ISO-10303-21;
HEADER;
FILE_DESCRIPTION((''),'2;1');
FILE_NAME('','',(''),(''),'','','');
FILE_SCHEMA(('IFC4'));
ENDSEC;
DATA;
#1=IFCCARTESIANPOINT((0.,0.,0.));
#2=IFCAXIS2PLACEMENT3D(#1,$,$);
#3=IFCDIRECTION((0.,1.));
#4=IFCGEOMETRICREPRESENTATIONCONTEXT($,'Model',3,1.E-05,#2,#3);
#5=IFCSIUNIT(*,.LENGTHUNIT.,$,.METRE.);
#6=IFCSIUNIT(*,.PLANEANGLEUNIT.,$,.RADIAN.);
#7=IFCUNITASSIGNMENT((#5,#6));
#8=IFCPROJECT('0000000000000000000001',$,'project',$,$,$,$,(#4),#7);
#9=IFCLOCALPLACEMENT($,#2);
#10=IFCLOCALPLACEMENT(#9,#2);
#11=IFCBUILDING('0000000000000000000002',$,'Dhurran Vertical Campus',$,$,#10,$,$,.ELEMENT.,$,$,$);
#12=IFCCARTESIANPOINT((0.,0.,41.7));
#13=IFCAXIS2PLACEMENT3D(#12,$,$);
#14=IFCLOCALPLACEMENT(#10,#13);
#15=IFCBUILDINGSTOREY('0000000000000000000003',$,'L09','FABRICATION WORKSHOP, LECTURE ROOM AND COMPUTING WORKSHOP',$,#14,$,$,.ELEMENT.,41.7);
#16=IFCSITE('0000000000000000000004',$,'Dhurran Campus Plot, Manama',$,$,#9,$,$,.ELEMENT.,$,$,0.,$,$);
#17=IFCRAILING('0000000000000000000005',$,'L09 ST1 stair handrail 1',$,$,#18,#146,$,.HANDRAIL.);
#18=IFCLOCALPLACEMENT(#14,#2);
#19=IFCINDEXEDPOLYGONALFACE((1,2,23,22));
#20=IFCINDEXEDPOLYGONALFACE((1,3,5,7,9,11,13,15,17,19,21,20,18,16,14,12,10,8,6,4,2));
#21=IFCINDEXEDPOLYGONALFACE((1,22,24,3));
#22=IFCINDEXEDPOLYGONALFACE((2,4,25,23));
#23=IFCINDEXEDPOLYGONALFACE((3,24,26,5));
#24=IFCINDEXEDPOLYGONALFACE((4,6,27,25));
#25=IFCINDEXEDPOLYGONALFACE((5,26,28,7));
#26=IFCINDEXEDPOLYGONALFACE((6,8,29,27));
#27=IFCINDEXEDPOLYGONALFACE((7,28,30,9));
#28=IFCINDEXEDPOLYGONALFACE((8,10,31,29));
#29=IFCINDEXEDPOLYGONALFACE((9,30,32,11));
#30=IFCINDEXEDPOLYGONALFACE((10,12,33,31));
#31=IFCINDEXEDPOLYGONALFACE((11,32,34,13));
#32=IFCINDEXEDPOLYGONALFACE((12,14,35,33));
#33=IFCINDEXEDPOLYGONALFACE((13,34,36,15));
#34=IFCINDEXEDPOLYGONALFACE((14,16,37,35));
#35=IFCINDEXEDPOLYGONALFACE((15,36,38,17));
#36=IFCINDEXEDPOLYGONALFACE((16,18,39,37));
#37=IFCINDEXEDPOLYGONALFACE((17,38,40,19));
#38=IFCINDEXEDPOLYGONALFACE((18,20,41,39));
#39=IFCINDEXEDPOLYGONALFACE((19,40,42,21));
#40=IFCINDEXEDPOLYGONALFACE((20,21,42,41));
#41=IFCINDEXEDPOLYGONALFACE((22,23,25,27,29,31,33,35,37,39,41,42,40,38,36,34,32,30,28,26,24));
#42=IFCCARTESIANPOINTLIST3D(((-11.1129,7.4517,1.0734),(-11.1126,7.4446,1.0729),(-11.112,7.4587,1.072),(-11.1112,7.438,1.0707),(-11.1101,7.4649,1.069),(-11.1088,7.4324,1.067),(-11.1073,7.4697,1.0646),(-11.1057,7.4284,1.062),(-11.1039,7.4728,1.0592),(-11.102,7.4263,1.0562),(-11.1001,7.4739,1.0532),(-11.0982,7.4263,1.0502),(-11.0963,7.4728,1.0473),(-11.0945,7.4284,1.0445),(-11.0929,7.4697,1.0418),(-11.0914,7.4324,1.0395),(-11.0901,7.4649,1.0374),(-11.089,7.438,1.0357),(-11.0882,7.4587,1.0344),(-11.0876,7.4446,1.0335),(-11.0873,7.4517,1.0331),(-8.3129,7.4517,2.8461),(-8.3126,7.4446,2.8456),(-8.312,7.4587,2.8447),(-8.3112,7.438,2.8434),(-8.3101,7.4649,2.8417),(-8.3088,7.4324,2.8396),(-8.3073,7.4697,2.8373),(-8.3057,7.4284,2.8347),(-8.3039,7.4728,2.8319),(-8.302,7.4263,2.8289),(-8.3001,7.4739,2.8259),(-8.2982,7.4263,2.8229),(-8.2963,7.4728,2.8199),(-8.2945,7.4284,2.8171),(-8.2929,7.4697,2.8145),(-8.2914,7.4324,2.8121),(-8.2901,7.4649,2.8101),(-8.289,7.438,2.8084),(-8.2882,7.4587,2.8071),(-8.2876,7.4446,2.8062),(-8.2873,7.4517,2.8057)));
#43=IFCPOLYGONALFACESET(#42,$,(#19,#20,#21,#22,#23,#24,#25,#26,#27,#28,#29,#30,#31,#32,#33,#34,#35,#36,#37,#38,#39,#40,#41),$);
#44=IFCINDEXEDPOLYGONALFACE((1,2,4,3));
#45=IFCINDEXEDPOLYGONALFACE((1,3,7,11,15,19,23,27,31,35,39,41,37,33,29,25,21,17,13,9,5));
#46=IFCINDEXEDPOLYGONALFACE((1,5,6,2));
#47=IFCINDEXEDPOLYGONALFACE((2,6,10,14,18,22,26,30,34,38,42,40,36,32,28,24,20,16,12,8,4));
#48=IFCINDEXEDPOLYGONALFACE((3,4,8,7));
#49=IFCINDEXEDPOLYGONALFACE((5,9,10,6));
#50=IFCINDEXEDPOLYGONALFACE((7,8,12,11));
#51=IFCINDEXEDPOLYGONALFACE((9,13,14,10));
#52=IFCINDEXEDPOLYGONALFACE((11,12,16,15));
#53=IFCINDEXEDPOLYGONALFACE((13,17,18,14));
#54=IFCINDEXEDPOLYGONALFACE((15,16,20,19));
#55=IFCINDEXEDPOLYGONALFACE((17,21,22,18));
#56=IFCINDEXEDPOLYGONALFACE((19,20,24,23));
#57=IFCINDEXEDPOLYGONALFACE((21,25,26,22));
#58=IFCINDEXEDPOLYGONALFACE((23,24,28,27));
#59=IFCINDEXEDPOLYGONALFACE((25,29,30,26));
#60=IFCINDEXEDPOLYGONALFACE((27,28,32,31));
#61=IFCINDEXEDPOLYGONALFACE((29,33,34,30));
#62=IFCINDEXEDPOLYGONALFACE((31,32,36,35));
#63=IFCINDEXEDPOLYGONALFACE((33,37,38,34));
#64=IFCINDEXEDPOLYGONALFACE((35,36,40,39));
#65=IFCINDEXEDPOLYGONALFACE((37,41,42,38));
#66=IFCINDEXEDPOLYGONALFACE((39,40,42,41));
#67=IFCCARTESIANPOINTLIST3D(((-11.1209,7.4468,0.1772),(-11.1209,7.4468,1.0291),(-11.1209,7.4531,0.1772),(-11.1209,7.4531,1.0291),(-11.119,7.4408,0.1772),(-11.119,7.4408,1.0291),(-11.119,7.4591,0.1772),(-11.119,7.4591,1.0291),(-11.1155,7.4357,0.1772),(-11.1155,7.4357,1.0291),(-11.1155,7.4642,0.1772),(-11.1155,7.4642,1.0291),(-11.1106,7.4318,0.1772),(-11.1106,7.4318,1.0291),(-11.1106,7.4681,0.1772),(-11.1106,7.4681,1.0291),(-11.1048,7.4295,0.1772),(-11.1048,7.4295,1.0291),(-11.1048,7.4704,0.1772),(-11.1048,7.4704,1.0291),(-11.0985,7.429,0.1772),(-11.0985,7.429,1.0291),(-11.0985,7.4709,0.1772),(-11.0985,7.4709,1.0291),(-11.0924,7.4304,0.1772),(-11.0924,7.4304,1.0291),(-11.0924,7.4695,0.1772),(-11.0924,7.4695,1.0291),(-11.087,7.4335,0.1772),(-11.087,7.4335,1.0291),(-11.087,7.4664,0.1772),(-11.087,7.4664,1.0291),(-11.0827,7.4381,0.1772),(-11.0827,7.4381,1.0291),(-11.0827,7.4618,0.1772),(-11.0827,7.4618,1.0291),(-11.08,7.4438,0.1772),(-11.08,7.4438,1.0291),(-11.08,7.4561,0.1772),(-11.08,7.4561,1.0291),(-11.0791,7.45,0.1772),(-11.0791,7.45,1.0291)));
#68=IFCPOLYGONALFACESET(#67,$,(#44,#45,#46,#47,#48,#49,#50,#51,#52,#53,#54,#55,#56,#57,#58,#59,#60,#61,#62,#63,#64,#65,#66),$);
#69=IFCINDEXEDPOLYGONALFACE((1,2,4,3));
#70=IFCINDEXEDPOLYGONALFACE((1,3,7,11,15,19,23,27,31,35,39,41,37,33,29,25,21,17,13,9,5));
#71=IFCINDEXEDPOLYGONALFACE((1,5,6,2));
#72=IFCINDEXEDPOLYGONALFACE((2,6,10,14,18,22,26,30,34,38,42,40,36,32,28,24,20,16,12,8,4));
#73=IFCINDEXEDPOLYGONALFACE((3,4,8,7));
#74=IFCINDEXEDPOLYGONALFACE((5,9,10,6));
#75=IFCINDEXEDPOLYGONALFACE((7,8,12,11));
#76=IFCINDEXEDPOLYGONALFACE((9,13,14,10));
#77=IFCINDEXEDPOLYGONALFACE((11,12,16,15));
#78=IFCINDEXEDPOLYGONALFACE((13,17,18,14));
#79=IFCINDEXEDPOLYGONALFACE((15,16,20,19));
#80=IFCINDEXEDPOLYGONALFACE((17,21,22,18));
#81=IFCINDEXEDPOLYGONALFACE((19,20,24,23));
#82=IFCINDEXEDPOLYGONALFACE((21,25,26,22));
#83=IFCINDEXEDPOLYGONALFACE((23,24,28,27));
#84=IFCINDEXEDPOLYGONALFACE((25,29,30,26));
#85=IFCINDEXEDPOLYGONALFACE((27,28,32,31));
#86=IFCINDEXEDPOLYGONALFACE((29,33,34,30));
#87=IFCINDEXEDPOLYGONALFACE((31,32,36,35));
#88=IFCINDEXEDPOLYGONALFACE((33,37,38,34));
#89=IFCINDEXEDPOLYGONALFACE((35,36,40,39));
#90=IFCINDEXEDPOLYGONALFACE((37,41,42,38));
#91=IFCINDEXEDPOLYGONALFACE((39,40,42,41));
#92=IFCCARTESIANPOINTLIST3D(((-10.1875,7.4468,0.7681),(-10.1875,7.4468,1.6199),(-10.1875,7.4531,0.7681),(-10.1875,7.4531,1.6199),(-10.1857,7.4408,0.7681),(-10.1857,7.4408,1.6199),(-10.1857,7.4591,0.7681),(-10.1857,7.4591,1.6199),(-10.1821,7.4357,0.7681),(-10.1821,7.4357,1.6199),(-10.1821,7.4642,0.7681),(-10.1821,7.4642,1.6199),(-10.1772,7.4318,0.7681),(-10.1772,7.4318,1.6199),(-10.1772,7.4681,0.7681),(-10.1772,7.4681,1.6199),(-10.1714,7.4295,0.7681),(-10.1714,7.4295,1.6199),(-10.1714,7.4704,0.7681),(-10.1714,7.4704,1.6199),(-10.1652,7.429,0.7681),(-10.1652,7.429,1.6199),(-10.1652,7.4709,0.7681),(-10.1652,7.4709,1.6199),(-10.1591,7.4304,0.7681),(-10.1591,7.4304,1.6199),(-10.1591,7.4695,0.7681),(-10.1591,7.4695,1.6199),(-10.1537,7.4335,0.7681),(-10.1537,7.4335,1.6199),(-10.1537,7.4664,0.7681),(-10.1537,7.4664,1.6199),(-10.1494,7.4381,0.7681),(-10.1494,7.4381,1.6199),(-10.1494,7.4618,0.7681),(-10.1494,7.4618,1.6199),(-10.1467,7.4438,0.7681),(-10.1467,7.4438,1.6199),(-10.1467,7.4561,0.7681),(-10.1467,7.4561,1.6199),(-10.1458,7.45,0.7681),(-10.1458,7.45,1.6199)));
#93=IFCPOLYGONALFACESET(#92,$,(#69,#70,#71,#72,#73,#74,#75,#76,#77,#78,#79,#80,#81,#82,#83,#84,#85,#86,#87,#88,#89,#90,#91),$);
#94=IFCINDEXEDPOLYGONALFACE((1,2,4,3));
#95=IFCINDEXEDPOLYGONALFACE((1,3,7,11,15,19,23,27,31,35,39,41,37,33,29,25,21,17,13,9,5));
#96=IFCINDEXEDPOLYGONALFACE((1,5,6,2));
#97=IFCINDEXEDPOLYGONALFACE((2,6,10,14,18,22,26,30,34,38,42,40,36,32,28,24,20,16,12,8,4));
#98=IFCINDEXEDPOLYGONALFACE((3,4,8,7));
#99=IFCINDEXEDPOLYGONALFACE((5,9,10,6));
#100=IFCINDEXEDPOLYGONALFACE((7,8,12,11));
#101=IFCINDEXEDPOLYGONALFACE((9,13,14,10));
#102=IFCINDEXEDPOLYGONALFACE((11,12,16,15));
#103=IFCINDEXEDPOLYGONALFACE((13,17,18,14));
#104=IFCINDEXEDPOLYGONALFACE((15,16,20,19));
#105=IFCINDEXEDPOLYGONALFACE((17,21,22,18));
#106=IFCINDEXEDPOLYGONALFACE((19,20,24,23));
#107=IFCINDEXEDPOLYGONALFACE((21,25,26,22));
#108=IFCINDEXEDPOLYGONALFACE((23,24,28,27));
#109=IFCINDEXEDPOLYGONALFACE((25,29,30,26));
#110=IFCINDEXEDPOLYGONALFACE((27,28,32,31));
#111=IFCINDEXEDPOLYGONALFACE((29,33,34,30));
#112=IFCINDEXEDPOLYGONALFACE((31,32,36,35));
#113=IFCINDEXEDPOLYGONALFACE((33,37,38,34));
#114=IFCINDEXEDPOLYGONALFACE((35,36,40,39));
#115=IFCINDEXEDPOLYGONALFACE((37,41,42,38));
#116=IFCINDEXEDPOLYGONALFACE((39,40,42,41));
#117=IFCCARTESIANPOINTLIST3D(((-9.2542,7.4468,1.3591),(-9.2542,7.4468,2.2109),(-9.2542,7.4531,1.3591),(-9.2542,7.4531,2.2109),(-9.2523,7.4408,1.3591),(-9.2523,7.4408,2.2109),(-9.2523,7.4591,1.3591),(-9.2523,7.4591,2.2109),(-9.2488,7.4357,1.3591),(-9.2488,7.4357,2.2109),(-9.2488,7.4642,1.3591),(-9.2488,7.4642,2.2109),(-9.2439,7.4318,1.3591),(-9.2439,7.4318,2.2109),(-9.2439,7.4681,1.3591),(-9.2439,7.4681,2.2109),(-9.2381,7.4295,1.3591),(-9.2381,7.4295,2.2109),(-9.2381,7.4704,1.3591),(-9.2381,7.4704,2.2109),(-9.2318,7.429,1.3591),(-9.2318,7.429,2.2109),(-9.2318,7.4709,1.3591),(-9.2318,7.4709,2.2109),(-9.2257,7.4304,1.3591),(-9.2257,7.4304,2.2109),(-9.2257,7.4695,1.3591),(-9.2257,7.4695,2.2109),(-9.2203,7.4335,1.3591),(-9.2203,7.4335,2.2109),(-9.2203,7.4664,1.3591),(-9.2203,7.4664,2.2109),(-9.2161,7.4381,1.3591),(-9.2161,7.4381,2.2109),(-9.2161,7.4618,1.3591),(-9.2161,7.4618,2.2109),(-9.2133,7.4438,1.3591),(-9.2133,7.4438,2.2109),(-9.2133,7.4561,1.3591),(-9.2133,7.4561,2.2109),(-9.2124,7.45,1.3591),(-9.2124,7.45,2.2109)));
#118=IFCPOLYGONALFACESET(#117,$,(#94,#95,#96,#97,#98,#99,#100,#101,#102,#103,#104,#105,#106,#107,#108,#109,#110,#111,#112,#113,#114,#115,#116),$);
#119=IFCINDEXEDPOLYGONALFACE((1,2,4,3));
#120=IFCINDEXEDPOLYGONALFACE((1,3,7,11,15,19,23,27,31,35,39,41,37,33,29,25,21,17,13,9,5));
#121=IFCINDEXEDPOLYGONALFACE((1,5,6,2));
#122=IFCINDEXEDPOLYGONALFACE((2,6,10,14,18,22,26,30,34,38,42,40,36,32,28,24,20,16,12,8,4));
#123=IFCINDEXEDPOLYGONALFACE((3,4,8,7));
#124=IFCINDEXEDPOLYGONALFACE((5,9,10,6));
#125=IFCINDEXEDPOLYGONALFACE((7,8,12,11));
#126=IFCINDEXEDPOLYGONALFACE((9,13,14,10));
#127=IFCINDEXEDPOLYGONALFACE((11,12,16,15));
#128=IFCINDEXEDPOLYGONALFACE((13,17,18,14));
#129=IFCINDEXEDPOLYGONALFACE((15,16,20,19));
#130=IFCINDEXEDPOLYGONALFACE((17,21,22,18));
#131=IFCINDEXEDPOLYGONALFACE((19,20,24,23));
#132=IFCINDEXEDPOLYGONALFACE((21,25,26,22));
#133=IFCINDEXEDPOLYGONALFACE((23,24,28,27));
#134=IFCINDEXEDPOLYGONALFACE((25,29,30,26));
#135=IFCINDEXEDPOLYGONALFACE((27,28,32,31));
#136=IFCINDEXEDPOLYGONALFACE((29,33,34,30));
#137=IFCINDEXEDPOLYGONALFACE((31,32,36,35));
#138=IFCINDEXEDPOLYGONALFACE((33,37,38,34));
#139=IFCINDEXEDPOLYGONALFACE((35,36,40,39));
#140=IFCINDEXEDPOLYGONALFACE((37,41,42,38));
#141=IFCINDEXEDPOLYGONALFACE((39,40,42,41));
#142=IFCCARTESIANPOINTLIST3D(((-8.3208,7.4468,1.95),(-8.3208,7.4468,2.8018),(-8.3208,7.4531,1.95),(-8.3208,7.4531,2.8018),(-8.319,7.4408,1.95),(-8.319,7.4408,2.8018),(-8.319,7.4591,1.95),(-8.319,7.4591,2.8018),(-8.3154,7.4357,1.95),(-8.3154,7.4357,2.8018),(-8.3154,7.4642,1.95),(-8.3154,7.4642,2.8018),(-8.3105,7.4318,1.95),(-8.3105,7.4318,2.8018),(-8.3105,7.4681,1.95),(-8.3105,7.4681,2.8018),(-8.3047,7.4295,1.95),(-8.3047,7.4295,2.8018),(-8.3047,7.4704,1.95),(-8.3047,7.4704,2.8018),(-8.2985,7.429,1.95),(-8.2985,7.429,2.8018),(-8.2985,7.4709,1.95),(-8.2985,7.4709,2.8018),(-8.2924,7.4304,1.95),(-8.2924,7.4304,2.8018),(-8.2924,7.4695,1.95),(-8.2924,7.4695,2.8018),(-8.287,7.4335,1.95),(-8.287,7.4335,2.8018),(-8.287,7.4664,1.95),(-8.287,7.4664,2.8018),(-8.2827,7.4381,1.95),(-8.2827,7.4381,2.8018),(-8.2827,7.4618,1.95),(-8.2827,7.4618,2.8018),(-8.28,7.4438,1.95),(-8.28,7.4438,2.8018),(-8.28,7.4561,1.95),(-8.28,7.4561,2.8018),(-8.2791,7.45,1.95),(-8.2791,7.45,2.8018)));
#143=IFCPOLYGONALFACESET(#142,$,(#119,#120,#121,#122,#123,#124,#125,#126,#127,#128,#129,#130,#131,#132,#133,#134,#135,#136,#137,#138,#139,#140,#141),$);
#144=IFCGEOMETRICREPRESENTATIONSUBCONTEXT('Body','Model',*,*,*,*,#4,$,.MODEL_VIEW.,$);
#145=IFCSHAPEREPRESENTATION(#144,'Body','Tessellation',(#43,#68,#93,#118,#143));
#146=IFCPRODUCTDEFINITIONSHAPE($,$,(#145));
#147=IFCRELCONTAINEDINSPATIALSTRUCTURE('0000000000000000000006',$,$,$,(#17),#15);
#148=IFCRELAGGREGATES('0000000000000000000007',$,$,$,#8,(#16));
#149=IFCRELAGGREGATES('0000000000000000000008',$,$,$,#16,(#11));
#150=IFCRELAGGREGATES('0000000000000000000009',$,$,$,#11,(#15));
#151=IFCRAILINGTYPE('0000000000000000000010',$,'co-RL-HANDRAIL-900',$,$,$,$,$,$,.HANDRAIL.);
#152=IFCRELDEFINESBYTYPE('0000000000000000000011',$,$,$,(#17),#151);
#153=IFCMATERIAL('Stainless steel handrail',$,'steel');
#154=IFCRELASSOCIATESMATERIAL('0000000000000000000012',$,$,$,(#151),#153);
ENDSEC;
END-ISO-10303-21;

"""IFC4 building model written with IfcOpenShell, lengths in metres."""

from ifc_helpers import new_model, si_unit, direction, frame, origin, origin_2d, place, context, subcontext, project, spatial, circle, extrude, material, type_object, element, save


model = new_model("IFC4")

# Units and contexts
model_context = context("Model", 3, precision=1e-05, world=origin(), true_north=direction((0.0, 1.0)))
body_context = subcontext(model_context, "Body", "Model", "MODEL_VIEW")
ifc_project = project(units=[si_unit("LENGTHUNIT", "METRE"), si_unit("PLANEANGLEUNIT", "RADIAN")], contexts=[model_context])

# Site, building, storey
site_placement = place(None, origin())
site = spatial("IfcSite", under=ifc_project, at=site_placement, Name="Dhurran Campus Plot, Manama", CompositionType="ELEMENT", RefElevation=0.0)
building_placement = place(site_placement, origin())
building = spatial("IfcBuilding", under=site, at=building_placement, Name="Dhurran Vertical Campus", CompositionType="ELEMENT")
storey_placement = place(building_placement, frame((0.0, 0.0, 41.7)))
storey = spatial("IfcBuildingStorey", under=building, at=storey_placement, Name="L09", Description="FABRICATION WORKSHOP, LECTURE ROOM AND COMPUTING WORKSHOP", CompositionType="ELEMENT", Elevation=41.7)

# Railing
ifc_material_1 = material(Name="Stainless steel handrail", Category="steel")
railing_type_1 = type_object("IfcRailingType", Name="co-RL-HANDRAIL-900", PredefinedType="HANDRAIL", material=ifc_material_1)
railing_1_placement = place(storey_placement, frame((-11.1001, 7.45, 0.1772)))
element("IfcRailing", 1, at=railing_1_placement, inside=storey, type_object=railing_type_1, Name="L09 ST1 stair handrail 1", PredefinedType="HANDRAIL", context=body_context, shape_type="SweptSolid", body=[
    extrude(circle(Radius=0.0239, at=origin_2d()), frame((0.0, 0.0, 0.876), z_axis=(0.844909, 0.0, 0.53491), x_axis=(0.0, 1.0, 0.0)), (0.0, 0.0, 1.0), 3.314),
    extrude(circle(Radius=0.021, at=origin_2d()), origin(), (0.0, 0.0, 1.0), 0.8518),
    extrude(circle(Radius=0.021, at=origin_2d()), frame((0.9333, 0.0, 0.5908)), (0.0, 0.0, 1.0), 0.8518),
    extrude(circle(Radius=0.021, at=origin_2d()), frame((1.8667, 0.0, 1.1819)), (0.0, 0.0, 1.0), 0.8518),
    extrude(circle(Radius=0.021, at=origin_2d()), frame((2.8, 0.0, 1.7727)), (0.0, 0.0, 1.0), 0.8518),
])

save(model, "model.ifc")
